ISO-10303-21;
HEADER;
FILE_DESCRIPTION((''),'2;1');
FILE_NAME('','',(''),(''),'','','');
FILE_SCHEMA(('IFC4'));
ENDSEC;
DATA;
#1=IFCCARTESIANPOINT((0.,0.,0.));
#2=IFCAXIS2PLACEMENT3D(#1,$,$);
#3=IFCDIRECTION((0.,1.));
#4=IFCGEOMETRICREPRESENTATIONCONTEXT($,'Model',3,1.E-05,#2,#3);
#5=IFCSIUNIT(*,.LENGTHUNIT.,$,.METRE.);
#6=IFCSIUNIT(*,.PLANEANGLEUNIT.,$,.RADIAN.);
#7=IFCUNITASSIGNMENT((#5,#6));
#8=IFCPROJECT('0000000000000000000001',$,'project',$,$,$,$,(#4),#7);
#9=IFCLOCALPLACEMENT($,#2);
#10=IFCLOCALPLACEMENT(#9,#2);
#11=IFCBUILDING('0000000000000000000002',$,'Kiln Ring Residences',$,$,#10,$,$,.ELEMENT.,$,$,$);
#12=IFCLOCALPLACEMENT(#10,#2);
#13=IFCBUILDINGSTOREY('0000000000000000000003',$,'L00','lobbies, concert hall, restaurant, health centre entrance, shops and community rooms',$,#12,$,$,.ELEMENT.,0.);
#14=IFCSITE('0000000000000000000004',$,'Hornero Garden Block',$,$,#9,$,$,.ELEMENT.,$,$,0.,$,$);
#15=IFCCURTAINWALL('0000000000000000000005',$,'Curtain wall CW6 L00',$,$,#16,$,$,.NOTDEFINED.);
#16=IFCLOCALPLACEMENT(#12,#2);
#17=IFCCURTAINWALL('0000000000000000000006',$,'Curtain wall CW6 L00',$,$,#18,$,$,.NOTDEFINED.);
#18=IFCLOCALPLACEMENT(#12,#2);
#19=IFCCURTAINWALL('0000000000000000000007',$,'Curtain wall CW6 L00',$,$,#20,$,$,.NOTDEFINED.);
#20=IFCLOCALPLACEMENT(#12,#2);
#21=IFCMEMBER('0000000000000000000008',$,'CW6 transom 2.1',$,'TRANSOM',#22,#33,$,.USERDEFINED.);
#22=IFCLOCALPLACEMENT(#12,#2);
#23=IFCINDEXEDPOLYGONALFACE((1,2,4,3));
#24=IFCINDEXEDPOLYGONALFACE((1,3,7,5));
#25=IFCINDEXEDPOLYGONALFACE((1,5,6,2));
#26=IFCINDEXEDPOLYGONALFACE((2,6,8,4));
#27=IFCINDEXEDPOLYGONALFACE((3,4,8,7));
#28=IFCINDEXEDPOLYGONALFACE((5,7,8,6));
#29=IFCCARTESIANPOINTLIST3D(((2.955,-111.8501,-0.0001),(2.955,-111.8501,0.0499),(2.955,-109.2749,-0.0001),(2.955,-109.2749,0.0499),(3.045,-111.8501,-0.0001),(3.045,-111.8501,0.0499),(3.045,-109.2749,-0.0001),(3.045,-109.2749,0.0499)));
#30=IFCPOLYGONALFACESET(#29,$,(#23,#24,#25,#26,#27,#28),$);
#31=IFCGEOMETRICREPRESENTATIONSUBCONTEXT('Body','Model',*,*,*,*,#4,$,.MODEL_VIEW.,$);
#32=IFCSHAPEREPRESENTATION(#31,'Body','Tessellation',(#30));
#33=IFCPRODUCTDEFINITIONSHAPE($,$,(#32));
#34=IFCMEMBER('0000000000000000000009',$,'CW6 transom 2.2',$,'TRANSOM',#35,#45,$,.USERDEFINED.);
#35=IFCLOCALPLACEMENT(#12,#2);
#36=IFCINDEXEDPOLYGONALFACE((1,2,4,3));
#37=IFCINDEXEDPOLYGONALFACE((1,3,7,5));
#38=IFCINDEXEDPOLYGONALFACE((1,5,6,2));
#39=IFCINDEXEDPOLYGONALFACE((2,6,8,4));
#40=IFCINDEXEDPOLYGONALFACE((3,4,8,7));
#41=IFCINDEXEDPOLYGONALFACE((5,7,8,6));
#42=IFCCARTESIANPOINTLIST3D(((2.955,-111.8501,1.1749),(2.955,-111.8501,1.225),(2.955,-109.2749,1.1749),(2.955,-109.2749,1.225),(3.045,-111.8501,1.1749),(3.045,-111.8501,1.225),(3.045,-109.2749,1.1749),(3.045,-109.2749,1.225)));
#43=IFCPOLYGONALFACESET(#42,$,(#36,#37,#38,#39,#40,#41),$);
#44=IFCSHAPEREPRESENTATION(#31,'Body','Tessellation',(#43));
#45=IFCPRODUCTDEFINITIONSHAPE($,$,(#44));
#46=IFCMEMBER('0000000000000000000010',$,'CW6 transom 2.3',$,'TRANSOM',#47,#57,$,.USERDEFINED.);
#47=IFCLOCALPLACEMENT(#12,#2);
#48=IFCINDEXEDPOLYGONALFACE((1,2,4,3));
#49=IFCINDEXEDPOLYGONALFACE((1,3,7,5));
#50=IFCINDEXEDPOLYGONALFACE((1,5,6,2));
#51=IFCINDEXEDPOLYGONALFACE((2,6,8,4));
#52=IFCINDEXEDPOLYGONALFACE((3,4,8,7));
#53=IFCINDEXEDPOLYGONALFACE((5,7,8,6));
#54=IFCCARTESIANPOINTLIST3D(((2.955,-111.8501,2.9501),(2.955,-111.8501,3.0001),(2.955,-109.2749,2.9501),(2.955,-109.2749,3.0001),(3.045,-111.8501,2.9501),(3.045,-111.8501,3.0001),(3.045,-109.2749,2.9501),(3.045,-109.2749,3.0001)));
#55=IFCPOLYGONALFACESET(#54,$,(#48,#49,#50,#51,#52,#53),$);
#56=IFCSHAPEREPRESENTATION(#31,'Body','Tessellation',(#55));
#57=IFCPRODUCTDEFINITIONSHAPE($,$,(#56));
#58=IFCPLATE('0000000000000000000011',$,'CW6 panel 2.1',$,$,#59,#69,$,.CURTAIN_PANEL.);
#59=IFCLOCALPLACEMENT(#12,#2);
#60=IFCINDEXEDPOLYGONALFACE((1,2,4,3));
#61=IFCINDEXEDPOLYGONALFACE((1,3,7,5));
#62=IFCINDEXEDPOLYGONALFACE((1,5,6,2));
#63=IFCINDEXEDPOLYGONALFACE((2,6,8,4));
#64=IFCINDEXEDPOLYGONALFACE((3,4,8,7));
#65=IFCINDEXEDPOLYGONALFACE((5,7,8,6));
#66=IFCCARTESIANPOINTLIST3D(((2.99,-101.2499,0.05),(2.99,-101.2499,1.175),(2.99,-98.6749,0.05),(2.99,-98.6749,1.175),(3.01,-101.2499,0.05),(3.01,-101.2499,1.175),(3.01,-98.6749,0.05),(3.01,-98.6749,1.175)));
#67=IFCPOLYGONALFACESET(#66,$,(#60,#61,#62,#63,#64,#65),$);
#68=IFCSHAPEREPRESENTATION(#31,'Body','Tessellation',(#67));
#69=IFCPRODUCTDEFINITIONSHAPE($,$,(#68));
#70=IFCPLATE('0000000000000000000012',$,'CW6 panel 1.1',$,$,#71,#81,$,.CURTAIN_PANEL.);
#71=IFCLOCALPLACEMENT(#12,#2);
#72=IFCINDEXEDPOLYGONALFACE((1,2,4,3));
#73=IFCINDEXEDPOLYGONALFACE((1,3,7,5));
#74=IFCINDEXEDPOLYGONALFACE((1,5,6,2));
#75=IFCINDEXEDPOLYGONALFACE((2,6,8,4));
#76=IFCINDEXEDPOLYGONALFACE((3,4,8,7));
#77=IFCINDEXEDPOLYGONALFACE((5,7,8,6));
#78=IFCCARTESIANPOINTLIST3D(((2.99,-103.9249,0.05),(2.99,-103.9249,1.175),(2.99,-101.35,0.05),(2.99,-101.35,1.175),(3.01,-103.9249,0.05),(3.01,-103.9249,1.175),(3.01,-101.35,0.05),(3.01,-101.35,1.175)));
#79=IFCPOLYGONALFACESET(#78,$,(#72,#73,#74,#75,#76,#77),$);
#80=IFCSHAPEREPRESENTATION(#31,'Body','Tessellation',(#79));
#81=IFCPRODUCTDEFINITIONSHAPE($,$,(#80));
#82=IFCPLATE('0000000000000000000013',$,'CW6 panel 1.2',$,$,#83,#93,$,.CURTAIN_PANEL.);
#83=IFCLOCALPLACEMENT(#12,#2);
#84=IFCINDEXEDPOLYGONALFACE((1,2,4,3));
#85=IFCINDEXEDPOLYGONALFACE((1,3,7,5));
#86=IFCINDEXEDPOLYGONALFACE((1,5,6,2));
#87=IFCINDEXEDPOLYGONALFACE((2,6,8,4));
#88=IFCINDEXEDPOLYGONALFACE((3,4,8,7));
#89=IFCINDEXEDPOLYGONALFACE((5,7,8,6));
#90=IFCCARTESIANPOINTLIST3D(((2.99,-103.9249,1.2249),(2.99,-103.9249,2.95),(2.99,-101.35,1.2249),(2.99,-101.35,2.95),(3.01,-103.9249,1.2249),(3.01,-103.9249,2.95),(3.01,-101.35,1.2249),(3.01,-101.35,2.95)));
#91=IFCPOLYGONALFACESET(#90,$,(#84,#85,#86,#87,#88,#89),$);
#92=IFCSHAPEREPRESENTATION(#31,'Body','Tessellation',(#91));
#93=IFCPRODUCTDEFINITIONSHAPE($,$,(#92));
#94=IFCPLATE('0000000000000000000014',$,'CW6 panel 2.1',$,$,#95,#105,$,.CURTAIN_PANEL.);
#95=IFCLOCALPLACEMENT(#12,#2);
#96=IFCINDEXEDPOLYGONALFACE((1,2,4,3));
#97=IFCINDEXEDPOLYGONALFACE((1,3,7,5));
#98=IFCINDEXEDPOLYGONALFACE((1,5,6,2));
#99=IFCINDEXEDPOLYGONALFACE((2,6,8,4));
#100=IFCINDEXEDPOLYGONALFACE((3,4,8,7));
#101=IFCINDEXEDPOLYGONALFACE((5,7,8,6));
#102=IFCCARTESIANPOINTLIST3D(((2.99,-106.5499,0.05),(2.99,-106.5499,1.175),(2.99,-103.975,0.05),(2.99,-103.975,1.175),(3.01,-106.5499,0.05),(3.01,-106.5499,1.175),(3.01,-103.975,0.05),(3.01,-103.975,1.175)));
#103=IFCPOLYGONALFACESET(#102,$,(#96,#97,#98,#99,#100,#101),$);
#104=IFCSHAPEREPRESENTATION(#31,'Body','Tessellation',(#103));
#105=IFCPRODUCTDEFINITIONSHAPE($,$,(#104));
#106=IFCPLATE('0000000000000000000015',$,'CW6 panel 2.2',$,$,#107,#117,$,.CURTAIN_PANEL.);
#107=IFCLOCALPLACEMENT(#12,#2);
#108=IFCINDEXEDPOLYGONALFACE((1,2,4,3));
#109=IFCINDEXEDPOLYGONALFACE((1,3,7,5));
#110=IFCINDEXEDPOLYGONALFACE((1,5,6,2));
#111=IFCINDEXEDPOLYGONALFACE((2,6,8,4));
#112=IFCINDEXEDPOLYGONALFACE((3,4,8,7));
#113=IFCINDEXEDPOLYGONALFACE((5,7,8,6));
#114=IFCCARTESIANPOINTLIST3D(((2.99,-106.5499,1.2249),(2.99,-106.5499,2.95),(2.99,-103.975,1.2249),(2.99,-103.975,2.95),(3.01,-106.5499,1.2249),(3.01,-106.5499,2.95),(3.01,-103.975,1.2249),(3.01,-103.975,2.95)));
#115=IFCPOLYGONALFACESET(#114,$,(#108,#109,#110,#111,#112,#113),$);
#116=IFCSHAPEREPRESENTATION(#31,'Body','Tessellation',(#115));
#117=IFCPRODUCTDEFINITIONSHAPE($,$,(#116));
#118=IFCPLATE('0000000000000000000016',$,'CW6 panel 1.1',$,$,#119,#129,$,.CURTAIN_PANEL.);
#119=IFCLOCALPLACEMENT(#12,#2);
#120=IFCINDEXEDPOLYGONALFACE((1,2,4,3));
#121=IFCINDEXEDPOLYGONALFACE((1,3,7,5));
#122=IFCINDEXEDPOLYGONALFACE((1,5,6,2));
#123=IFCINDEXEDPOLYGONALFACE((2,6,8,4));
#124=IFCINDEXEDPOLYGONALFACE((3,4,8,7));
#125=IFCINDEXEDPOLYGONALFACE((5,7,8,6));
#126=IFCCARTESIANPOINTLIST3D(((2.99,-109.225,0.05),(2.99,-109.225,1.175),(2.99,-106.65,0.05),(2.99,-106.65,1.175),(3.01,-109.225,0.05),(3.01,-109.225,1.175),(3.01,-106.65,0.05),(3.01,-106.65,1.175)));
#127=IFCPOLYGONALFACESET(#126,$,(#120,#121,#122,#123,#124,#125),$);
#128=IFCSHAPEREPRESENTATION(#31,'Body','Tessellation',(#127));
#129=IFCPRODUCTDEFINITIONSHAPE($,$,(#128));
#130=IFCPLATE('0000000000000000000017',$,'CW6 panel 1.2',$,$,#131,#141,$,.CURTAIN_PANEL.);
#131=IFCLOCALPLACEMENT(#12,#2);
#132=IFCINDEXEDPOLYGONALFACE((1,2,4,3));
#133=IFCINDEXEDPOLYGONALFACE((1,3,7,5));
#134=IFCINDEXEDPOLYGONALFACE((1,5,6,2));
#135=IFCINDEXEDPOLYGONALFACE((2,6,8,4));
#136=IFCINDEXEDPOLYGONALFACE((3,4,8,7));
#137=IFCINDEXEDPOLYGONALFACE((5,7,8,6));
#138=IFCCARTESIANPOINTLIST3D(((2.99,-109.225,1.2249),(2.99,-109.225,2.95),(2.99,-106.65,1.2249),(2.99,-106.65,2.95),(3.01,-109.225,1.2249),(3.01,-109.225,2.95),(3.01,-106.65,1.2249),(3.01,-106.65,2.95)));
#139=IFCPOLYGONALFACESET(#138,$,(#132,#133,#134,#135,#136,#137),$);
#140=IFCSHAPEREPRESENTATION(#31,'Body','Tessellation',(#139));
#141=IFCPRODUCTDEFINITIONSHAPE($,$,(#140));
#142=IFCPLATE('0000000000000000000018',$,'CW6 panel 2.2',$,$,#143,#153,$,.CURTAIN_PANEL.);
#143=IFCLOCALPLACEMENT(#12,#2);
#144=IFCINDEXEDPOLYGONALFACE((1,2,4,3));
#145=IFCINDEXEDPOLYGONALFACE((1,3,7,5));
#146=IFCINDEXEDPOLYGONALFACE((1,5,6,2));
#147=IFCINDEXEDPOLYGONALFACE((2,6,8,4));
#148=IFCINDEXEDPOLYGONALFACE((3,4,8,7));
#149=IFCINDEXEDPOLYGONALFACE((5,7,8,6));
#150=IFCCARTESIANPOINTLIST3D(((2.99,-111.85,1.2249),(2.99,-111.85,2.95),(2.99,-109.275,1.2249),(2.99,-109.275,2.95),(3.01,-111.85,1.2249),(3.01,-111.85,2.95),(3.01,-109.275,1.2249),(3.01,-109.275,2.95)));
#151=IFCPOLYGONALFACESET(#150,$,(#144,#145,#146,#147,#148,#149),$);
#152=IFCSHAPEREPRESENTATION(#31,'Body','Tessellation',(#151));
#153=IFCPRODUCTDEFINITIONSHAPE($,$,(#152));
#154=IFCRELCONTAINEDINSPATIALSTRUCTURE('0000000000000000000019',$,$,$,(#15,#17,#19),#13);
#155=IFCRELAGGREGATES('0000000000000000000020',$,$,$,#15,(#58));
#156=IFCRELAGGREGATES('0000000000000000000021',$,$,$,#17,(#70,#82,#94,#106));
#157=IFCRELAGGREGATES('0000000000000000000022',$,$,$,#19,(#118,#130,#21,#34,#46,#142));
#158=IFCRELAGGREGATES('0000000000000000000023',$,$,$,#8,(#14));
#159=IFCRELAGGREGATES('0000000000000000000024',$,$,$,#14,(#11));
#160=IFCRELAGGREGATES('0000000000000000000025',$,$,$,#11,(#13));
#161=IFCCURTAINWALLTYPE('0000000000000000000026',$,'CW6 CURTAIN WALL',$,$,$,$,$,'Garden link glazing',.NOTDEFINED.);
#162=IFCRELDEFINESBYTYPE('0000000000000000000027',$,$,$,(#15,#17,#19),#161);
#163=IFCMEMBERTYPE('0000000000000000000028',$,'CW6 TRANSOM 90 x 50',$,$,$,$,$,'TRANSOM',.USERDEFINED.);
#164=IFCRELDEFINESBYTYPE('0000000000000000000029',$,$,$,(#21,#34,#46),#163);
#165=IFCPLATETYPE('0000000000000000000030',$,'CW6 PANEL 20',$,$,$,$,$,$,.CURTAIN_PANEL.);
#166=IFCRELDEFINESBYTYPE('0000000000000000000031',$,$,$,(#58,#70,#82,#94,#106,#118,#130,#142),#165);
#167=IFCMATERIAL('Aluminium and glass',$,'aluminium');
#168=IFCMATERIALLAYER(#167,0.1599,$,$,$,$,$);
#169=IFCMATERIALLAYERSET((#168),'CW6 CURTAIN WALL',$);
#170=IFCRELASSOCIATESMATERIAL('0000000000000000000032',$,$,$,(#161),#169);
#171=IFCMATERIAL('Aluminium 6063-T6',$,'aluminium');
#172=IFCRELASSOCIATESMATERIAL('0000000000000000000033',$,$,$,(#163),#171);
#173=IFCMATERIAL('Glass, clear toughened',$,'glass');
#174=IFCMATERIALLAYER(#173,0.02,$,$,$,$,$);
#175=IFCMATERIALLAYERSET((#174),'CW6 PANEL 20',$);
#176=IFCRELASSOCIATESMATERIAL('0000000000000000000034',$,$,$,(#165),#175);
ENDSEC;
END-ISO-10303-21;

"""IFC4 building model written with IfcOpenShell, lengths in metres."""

from ifc_helpers import new_model, si_unit, direction, frame, origin, origin_2d, place, context, subcontext, project, spatial, rectangle, extrude, material, layer, layer_set, material_profile, profile_set, type_object, element, aggregate, save


model = new_model("IFC4")

# Units and contexts
model_context = context("Model", 3, precision=1e-05, world=origin(), true_north=direction((0.0, 1.0)))
body_context = subcontext(model_context, "Body", "Model", "MODEL_VIEW")
ifc_project = project(units=[si_unit("LENGTHUNIT", "METRE"), si_unit("PLANEANGLEUNIT", "RADIAN")], contexts=[model_context])

# Site, building, storey
site_placement = place(None, origin())
site = spatial("IfcSite", under=ifc_project, at=site_placement, Name="Hornero Garden Block", CompositionType="ELEMENT", RefElevation=0.0)
building_placement = place(site_placement, origin())
building = spatial("IfcBuilding", under=site, at=building_placement, Name="Kiln Ring Residences", CompositionType="ELEMENT")
storey_placement = place(building_placement, origin())
storey = spatial("IfcBuildingStorey", under=building, at=storey_placement, Name="L00", Description="lobbies, concert hall, restaurant, health centre entrance, shops and community rooms", CompositionType="ELEMENT", Elevation=0.0)

# Curtain wall
ifc_material_1 = material(Name="Aluminium and glass", Category="aluminium")
ifc_layer_1 = layer(ifc_material_1, 0.1599)
ifc_layer_set_1 = layer_set([ifc_layer_1], Name="CW6 CURTAIN WALL")
curtain_wall_type = type_object("IfcCurtainWallType", Name="CW6 CURTAIN WALL", ElementType="Garden link glazing", PredefinedType="NOTDEFINED", material=ifc_layer_set_1)
placement = place(storey_placement, origin())
curtain_wall_1 = element("IfcCurtainWall", 1, at=placement, inside=storey, type_object=curtain_wall_type, Name="Curtain wall CW6 L00", PredefinedType="NOTDEFINED")

# Curtain walls
curtain_wall_2 = element("IfcCurtainWall", 2, at=placement, inside=storey, type_object=curtain_wall_type, Name="Curtain wall CW6 L00", PredefinedType="NOTDEFINED")
curtain_wall_3 = element("IfcCurtainWall", 3, at=placement, inside=storey, type_object=curtain_wall_type, Name="Curtain wall CW6 L00", PredefinedType="NOTDEFINED")

# Members
ifc_material_2 = material(Name="Aluminium 6063-T6", Category="aluminium")
ifc_material_profile_1 = material_profile(ifc_material_2, rectangle(XDim=0.0901, YDim=0.05, at=origin_2d()), Name="AL 90x50")
ifc_profile_set_1 = profile_set([ifc_material_profile_1], Name="Aluminium 6063-T6")
member_type_1 = type_object("IfcMemberType", Name="CW6 TRANSOM 90 x 50", ElementType="TRANSOM", PredefinedType="USERDEFINED", material=ifc_profile_set_1)
member_1_placement = place(storey_placement, frame((3.0, -109.2749, 0.0249), z_axis=(0.0, -1.0, 0.0), x_axis=(1.0, 0.0, 0.0)))
member_1 = element("IfcMember", 4, at=member_1_placement, type_object=member_type_1, Name="CW6 transom 2.1", ObjectType="TRANSOM", PredefinedType="USERDEFINED", context=body_context, shape_type="SweptSolid", body=[
    extrude(rectangle(XDim=0.0901, YDim=0.05, at=origin_2d()), origin(), (0.0, 0.0, 1.0), 2.5752),
])
member_2_placement = place(storey_placement, frame((3.0, -109.2749, 1.2), z_axis=(0.0, -1.0, 0.0), x_axis=(1.0, 0.0, 0.0)))
member_2 = element("IfcMember", 5, at=member_2_placement, type_object=member_type_1, Name="CW6 transom 2.2", ObjectType="TRANSOM", PredefinedType="USERDEFINED", context=body_context, shape_type="SweptSolid", body=[
    extrude(rectangle(XDim=0.0901, YDim=0.05, at=origin_2d()), origin(), (0.0, 0.0, 1.0), 2.5752),
])
member_3_placement = place(storey_placement, frame((3.0, -109.2749, 2.9751), z_axis=(0.0, -1.0, 0.0), x_axis=(1.0, 0.0, 0.0)))
member_3 = element("IfcMember", 6, at=member_3_placement, type_object=member_type_1, Name="CW6 transom 2.3", ObjectType="TRANSOM", PredefinedType="USERDEFINED", context=body_context, shape_type="SweptSolid", body=[
    extrude(rectangle(XDim=0.0901, YDim=0.05, at=origin_2d()), origin(), (0.0, 0.0, 1.0), 2.5752),
])

# Plates
ifc_material_3 = material(Name="Glass, clear toughened", Category="glass")
ifc_layer_2 = layer(ifc_material_3, 0.02)
ifc_layer_set_2 = layer_set([ifc_layer_2], Name="CW6 PANEL 20")
plate_type = type_object("IfcPlateType", Name="CW6 PANEL 20", PredefinedType="CURTAIN_PANEL", material=ifc_layer_set_2)
plate_1_placement = place(storey_placement, frame((3.0, -99.9624, 0.05), z_axis=(0.0, 0.0, 1.0), x_axis=(0.0, -1.0, 0.0)))
plate_1 = element("IfcPlate", 7, at=plate_1_placement, type_object=plate_type, Name="CW6 panel 2.1", PredefinedType="CURTAIN_PANEL", context=body_context, shape_type="SweptSolid", body=[
    extrude(rectangle(XDim=2.575, YDim=0.02, at=origin_2d()), origin(), (0.0, 0.0, 1.0), 1.125),
])
aggregate(curtain_wall_1, [plate_1])
plate_2_placement = place(storey_placement, frame((3.0, -102.6375, 0.05), z_axis=(0.0, 0.0, 1.0), x_axis=(0.0, -1.0, 0.0)))
plate_2 = element("IfcPlate", 8, at=plate_2_placement, type_object=plate_type, Name="CW6 panel 1.1", PredefinedType="CURTAIN_PANEL", context=body_context, shape_type="SweptSolid", body=[
    extrude(rectangle(XDim=2.575, YDim=0.02, at=origin_2d()), origin(), (0.0, 0.0, 1.0), 1.125),
])
plate_3_placement = place(storey_placement, frame((3.0, -102.6375, 1.2249), z_axis=(0.0, 0.0, 1.0), x_axis=(0.0, -1.0, 0.0)))
plate_3 = element("IfcPlate", 9, at=plate_3_placement, type_object=plate_type, Name="CW6 panel 1.2", PredefinedType="CURTAIN_PANEL", context=body_context, shape_type="SweptSolid", body=[
    extrude(rectangle(XDim=2.575, YDim=0.02, at=origin_2d()), origin(), (0.0, 0.0, 1.0), 1.7251),
])
plate_4_placement = place(storey_placement, frame((3.0, -105.2625, 0.05), z_axis=(0.0, 0.0, 1.0), x_axis=(0.0, -1.0, 0.0)))
plate_4 = element("IfcPlate", 10, at=plate_4_placement, type_object=plate_type, Name="CW6 panel 2.1", PredefinedType="CURTAIN_PANEL", context=body_context, shape_type="SweptSolid", body=[
    extrude(rectangle(XDim=2.575, YDim=0.02, at=origin_2d()), origin(), (0.0, 0.0, 1.0), 1.125),
])
plate_5_placement = place(storey_placement, frame((3.0, -105.2625, 1.2249), z_axis=(0.0, 0.0, 1.0), x_axis=(0.0, -1.0, 0.0)))
plate_5 = element("IfcPlate", 11, at=plate_5_placement, type_object=plate_type, Name="CW6 panel 2.2", PredefinedType="CURTAIN_PANEL", context=body_context, shape_type="SweptSolid", body=[
    extrude(rectangle(XDim=2.575, YDim=0.02, at=origin_2d()), origin(), (0.0, 0.0, 1.0), 1.7251),
])
aggregate(curtain_wall_2, [plate_2, plate_3, plate_4, plate_5])
plate_6_placement = place(storey_placement, frame((3.0, -107.9375, 0.05), z_axis=(0.0, 0.0, 1.0), x_axis=(0.0, -1.0, 0.0)))
plate_6 = element("IfcPlate", 12, at=plate_6_placement, type_object=plate_type, Name="CW6 panel 1.1", PredefinedType="CURTAIN_PANEL", context=body_context, shape_type="SweptSolid", body=[
    extrude(rectangle(XDim=2.575, YDim=0.02, at=origin_2d()), origin(), (0.0, 0.0, 1.0), 1.125),
])
plate_7_placement = place(storey_placement, frame((3.0, -107.9375, 1.2249), z_axis=(0.0, 0.0, 1.0), x_axis=(0.0, -1.0, 0.0)))
plate_7 = element("IfcPlate", 13, at=plate_7_placement, type_object=plate_type, Name="CW6 panel 1.2", PredefinedType="CURTAIN_PANEL", context=body_context, shape_type="SweptSolid", body=[
    extrude(rectangle(XDim=2.575, YDim=0.02, at=origin_2d()), origin(), (0.0, 0.0, 1.0), 1.7251),
])
plate_8_placement = place(storey_placement, frame((3.0, -110.5625, 1.2249), z_axis=(0.0, 0.0, 1.0), x_axis=(0.0, -1.0, 0.0)))
plate_8 = element("IfcPlate", 14, at=plate_8_placement, type_object=plate_type, Name="CW6 panel 2.2", PredefinedType="CURTAIN_PANEL", context=body_context, shape_type="SweptSolid", body=[
    extrude(rectangle(XDim=2.575, YDim=0.02, at=origin_2d()), origin(), (0.0, 0.0, 1.0), 1.7251),
])
aggregate(curtain_wall_3, [plate_6, plate_7, member_1, member_2, member_3, plate_8])

save(model, "model.ifc")
